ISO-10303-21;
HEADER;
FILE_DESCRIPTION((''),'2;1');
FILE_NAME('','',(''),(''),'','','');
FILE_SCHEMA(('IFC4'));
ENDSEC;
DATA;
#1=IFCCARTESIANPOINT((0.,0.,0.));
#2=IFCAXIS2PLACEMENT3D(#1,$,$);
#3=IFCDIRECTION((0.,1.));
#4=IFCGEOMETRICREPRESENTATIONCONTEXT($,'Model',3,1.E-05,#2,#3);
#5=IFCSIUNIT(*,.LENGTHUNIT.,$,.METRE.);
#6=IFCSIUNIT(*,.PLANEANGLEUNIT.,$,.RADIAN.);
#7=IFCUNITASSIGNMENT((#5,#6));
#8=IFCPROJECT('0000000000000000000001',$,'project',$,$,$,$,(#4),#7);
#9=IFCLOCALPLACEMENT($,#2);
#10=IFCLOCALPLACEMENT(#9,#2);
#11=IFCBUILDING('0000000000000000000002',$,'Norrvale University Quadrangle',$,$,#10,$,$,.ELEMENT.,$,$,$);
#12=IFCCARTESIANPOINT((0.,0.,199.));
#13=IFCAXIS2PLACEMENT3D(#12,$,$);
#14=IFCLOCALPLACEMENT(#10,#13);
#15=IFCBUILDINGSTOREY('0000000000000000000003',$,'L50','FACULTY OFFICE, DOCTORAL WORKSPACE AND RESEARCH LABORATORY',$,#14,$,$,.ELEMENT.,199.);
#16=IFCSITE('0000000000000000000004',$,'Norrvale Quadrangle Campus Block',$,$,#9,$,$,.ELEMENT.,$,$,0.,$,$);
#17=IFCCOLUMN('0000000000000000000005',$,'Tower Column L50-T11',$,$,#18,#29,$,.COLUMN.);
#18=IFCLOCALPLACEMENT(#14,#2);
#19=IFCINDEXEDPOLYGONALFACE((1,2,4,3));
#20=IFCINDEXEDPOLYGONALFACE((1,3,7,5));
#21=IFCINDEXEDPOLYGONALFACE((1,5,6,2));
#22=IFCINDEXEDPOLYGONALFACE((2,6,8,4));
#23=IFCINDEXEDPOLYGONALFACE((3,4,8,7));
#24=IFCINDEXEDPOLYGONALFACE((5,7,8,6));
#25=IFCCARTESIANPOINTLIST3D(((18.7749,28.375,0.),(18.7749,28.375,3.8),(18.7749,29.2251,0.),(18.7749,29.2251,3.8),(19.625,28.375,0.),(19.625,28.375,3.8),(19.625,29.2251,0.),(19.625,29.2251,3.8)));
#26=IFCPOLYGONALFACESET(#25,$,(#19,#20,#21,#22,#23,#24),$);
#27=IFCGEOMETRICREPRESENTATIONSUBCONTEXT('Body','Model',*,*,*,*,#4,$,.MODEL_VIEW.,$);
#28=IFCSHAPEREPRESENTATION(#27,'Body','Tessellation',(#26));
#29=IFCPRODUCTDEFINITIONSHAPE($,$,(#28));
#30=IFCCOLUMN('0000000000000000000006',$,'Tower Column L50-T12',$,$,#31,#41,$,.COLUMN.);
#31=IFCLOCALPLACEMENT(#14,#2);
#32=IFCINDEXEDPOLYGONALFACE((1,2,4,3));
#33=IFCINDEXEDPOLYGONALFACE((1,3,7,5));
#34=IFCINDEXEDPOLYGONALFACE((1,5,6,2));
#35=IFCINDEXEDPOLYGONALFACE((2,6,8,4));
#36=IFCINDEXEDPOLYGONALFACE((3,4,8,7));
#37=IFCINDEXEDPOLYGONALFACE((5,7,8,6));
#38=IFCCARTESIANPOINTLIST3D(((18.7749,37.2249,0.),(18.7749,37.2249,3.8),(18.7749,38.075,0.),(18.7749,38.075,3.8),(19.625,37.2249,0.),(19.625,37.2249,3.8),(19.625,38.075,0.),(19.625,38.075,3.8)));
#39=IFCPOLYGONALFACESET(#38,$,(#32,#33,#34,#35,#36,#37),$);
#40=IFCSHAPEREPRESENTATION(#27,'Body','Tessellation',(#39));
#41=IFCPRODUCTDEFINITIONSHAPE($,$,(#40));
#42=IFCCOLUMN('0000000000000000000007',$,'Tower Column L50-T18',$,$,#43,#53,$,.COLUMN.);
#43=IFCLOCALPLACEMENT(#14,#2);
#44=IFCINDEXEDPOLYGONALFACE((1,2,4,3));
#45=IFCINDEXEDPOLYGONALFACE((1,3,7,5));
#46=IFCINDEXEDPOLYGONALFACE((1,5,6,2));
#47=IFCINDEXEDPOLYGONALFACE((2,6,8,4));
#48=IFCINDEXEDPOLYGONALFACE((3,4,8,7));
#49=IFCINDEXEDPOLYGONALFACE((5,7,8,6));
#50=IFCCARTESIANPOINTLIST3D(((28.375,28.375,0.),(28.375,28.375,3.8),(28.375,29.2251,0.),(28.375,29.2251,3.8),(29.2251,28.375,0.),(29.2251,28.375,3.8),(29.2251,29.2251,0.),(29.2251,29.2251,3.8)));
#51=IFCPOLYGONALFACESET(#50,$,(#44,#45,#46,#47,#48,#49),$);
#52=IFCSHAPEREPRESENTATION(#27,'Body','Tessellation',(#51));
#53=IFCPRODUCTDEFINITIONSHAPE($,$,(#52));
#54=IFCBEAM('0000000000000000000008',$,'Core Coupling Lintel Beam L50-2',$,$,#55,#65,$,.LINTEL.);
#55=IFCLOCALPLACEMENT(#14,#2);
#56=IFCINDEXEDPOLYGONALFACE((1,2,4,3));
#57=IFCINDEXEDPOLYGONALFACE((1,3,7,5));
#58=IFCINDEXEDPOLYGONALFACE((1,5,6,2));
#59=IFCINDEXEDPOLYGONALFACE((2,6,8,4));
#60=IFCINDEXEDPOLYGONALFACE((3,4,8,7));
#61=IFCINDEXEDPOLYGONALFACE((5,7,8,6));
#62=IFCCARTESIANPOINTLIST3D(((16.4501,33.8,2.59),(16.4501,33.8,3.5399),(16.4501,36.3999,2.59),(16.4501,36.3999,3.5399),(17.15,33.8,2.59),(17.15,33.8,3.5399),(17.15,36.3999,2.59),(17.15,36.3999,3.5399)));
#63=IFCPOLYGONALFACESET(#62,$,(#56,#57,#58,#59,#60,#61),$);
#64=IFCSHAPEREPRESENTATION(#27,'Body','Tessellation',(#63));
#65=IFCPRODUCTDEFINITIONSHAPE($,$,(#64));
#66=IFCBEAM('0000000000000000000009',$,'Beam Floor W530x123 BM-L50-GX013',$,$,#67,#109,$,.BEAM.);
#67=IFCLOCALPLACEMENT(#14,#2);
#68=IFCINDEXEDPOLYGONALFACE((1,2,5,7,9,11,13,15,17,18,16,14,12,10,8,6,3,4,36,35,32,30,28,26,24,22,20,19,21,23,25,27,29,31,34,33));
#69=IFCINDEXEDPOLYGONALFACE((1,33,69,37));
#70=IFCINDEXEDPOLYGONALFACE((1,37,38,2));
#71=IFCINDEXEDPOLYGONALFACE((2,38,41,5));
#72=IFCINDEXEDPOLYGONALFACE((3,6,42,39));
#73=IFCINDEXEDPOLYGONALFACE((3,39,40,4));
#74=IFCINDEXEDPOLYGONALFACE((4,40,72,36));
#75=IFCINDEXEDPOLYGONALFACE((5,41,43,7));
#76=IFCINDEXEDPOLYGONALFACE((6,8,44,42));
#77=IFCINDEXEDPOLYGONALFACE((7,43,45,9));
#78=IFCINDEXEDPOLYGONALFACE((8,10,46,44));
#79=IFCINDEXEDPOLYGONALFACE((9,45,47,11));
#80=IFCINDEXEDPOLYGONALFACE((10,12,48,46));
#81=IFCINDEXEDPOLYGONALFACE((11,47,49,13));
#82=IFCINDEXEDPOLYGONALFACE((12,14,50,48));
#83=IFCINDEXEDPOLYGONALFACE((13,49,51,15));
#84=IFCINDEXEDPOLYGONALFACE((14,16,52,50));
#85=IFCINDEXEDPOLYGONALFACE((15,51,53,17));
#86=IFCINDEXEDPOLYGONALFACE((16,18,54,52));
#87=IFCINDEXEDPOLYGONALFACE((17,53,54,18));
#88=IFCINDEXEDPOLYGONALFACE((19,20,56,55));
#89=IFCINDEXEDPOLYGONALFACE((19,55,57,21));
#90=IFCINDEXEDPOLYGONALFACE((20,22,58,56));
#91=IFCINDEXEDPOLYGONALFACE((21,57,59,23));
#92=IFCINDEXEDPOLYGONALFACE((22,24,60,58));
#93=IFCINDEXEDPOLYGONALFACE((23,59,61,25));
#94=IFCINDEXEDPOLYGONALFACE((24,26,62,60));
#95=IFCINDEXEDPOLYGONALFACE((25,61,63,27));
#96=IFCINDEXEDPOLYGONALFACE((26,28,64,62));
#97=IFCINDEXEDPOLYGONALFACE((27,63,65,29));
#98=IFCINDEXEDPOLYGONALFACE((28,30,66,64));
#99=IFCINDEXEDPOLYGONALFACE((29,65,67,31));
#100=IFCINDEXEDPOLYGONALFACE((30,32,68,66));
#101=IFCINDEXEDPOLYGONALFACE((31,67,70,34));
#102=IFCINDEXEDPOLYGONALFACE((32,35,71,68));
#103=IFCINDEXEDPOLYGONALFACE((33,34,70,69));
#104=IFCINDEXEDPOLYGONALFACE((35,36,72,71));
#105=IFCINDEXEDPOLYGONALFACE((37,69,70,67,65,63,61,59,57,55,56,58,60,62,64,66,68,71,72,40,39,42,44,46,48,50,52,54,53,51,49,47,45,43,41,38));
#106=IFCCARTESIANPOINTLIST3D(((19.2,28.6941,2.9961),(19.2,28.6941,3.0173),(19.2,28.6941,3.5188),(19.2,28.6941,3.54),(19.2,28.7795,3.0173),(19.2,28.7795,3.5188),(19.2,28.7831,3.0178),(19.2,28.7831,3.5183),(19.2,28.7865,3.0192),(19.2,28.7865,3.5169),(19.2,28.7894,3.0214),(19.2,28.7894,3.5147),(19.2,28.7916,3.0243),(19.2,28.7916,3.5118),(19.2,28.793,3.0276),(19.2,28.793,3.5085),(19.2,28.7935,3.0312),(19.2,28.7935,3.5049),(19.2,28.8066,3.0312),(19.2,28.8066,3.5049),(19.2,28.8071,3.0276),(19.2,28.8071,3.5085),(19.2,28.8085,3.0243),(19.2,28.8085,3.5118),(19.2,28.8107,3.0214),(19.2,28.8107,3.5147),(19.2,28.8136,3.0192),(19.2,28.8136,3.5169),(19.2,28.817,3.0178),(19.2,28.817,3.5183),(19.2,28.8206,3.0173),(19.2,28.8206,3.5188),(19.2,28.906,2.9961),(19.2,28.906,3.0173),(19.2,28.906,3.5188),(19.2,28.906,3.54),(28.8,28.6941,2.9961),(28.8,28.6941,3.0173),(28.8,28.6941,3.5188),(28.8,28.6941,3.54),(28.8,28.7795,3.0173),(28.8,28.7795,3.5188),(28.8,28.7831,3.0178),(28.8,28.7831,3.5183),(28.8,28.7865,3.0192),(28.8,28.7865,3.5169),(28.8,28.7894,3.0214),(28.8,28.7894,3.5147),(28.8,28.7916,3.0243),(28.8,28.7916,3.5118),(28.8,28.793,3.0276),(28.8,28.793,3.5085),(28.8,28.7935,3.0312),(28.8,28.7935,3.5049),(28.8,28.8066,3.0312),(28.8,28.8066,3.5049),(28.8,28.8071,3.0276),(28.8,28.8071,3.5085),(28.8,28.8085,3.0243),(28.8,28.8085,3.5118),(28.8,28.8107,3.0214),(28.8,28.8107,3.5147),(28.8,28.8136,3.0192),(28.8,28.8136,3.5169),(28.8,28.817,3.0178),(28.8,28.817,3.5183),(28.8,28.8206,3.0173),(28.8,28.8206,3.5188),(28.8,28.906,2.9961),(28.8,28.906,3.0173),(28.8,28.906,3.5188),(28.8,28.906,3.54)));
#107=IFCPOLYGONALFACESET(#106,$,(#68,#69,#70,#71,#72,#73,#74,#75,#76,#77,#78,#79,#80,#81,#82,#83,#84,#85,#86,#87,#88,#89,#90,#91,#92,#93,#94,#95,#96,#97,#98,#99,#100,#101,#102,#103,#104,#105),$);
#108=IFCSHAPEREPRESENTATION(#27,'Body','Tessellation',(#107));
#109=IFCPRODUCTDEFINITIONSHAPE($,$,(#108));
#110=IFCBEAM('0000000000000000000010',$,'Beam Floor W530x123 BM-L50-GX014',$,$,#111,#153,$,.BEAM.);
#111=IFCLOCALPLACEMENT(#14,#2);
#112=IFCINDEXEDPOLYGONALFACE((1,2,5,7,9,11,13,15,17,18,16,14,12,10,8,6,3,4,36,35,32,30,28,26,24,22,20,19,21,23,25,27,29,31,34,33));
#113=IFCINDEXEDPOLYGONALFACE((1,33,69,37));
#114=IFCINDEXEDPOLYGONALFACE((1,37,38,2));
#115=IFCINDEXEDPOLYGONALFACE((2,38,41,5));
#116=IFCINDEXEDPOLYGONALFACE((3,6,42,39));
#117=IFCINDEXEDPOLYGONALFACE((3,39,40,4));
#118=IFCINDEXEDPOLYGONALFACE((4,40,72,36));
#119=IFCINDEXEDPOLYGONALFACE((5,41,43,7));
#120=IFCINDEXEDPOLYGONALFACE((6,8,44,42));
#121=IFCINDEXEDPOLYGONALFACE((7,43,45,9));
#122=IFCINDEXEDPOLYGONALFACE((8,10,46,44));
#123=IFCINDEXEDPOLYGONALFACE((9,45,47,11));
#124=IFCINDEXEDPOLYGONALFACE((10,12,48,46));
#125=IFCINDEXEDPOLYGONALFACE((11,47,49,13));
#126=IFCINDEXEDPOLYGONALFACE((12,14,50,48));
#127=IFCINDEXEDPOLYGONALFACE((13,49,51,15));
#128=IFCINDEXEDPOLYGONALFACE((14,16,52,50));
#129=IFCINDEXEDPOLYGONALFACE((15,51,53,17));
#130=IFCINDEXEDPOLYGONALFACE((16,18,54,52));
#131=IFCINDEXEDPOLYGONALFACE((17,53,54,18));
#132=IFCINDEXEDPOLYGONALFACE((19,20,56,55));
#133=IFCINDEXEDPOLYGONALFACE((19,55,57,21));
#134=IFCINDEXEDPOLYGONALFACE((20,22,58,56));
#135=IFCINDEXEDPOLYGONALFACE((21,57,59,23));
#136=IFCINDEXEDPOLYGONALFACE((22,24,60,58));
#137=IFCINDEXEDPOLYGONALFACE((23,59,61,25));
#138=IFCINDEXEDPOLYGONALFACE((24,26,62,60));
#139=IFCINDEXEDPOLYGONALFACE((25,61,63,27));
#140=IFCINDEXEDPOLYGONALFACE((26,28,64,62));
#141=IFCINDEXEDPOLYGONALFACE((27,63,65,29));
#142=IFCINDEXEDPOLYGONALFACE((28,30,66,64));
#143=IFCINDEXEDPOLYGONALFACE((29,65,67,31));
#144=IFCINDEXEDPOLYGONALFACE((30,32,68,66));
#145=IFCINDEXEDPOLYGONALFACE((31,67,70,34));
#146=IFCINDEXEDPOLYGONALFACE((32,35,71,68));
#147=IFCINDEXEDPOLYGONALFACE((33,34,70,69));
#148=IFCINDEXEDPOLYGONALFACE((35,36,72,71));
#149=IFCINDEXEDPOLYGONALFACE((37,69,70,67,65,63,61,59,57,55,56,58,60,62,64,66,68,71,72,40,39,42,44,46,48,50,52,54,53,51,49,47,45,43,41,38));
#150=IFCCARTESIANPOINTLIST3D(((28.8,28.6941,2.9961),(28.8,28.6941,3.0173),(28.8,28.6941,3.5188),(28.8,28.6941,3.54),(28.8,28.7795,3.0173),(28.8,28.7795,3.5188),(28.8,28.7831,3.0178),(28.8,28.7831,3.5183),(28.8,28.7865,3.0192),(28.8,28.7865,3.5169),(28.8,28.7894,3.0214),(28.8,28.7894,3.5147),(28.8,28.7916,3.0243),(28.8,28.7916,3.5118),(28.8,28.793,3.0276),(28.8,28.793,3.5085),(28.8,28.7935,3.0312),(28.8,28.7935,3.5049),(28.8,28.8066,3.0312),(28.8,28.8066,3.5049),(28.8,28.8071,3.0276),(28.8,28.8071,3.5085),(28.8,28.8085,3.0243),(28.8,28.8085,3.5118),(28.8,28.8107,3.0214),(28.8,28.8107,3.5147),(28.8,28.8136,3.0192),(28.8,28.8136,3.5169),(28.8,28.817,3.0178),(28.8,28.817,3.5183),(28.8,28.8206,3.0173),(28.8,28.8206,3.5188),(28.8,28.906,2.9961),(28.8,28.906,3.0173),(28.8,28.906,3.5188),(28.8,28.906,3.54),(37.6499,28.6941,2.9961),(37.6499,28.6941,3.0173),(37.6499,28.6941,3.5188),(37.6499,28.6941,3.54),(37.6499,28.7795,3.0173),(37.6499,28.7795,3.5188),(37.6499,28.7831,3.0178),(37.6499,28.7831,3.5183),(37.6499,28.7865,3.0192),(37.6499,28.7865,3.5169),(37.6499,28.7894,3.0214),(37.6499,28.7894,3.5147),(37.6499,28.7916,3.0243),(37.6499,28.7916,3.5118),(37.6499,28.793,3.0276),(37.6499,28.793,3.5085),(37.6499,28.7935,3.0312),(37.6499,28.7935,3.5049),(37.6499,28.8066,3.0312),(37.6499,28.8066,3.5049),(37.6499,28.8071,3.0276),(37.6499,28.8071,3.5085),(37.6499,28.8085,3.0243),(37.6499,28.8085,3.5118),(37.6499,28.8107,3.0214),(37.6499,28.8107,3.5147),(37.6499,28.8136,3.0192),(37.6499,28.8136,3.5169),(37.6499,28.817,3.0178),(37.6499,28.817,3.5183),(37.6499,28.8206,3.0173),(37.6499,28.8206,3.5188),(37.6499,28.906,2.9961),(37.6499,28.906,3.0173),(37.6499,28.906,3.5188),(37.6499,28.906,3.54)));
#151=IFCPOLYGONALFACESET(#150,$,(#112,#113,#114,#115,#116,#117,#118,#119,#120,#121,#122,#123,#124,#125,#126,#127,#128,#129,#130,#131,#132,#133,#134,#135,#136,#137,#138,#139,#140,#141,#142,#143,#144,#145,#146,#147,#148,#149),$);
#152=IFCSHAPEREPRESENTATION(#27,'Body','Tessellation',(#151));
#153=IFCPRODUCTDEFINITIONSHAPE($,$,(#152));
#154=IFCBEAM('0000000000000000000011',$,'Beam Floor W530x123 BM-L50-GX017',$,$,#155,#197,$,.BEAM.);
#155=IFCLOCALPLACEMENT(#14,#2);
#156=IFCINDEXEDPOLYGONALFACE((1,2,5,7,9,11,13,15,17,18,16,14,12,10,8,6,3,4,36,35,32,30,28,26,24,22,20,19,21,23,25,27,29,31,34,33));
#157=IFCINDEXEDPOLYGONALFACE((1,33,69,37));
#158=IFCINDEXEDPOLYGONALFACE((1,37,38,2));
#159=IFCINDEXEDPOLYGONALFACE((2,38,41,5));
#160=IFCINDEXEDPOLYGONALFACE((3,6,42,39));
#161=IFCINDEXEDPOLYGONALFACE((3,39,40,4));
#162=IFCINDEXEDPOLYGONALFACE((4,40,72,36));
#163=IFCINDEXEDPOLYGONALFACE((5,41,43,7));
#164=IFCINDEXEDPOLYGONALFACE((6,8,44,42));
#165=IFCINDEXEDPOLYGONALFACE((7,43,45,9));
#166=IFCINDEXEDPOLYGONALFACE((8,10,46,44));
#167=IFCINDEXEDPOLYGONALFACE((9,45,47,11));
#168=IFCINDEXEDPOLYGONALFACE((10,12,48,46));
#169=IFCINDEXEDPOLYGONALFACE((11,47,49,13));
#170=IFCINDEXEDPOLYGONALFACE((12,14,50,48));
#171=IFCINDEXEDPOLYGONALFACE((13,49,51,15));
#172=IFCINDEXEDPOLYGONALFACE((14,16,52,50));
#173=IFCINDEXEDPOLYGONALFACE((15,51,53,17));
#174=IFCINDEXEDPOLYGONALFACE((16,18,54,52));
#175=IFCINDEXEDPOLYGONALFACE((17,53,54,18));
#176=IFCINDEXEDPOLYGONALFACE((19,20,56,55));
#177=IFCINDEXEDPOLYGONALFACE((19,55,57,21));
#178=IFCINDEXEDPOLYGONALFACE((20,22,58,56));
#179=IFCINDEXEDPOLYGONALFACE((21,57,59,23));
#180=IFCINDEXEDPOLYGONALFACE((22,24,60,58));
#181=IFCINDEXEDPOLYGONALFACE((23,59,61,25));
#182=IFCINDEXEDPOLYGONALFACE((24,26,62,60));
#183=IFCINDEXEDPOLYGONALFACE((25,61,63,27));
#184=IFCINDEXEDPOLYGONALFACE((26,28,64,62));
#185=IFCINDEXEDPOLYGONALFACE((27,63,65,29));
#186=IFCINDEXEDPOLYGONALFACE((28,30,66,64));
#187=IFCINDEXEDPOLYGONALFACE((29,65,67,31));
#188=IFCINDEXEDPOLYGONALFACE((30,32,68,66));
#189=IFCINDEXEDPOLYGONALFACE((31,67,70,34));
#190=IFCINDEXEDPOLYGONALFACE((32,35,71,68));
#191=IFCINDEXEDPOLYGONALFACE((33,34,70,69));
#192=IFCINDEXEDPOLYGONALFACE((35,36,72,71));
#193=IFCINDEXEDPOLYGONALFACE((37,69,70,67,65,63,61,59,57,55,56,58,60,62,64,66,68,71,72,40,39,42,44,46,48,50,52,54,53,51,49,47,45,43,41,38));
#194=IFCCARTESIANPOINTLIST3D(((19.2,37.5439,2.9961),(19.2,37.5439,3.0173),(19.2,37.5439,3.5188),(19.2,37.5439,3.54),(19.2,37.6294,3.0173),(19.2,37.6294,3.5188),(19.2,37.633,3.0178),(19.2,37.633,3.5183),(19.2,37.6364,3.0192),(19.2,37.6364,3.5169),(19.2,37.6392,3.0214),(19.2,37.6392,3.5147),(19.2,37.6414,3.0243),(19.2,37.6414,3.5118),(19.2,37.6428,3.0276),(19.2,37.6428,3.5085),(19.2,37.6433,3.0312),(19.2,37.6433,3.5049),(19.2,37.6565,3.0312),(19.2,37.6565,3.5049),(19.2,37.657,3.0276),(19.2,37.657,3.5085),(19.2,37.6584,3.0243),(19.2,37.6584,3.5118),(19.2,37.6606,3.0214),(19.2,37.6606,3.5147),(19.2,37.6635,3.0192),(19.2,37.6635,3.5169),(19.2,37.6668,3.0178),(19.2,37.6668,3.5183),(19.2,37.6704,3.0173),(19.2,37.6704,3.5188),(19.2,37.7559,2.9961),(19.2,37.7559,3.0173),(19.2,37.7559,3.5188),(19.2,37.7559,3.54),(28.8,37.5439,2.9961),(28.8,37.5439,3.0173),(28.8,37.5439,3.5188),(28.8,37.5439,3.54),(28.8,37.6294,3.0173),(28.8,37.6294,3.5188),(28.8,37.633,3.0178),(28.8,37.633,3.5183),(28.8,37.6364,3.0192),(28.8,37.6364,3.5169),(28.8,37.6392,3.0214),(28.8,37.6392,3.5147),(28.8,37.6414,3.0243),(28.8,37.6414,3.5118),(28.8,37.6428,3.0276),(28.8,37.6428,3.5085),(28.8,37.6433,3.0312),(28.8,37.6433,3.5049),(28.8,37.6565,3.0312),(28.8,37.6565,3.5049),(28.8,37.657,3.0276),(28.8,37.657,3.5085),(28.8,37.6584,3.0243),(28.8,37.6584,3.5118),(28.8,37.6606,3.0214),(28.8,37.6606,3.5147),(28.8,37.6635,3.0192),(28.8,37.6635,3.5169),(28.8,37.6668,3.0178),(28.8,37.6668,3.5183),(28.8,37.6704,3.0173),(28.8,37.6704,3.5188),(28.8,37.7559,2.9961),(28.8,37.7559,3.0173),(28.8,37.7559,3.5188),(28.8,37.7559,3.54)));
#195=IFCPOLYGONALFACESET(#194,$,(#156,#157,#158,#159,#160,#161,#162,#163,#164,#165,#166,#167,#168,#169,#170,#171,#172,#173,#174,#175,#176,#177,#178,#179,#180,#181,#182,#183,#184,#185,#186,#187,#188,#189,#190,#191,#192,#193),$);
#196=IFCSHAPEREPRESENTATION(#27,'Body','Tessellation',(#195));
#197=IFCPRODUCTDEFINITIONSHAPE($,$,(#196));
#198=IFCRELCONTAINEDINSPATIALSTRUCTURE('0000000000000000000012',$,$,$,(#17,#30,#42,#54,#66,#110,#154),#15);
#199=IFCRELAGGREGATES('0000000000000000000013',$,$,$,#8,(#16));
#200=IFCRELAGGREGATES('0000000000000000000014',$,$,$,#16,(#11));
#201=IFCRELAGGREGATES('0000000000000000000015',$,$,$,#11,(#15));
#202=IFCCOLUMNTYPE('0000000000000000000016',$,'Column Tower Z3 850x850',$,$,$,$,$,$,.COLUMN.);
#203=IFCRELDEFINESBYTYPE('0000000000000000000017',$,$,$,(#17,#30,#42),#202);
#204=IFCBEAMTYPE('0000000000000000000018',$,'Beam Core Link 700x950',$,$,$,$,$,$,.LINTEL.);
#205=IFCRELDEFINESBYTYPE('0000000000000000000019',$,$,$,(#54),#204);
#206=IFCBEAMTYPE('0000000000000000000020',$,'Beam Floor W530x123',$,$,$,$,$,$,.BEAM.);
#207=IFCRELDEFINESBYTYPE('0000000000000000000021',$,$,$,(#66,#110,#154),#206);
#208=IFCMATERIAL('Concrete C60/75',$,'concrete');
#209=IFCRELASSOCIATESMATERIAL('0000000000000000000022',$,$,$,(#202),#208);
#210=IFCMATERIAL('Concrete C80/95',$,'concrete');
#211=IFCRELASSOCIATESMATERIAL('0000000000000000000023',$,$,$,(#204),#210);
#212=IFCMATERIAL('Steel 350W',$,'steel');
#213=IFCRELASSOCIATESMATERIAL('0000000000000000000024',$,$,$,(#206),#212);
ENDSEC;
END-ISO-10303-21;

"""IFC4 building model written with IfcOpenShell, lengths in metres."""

from ifc_helpers import new_model, si_unit, direction, frame, origin, origin_2d, place, context, subcontext, project, spatial, rectangle, i_section, extrude, material, material_profile, profile_set, type_object, element, save


model = new_model("IFC4")

# Units and contexts
model_context = context("Model", 3, precision=1e-05, world=origin(), true_north=direction((0.0, 1.0)))
body_context = subcontext(model_context, "Body", "Model", "MODEL_VIEW")
ifc_project = project(units=[si_unit("LENGTHUNIT", "METRE"), si_unit("PLANEANGLEUNIT", "RADIAN")], contexts=[model_context])

# Site, building, storey
site_placement = place(None, origin())
site = spatial("IfcSite", under=ifc_project, at=site_placement, Name="Norrvale Quadrangle Campus Block", CompositionType="ELEMENT", RefElevation=0.0)
building_placement = place(site_placement, origin())
building = spatial("IfcBuilding", under=site, at=building_placement, Name="Norrvale University Quadrangle", CompositionType="ELEMENT")
storey_placement = place(building_placement, frame((0.0, 0.0, 199.0)))
storey = spatial("IfcBuildingStorey", under=building, at=storey_placement, Name="L50", Description="FACULTY OFFICE, DOCTORAL WORKSPACE AND RESEARCH LABORATORY", CompositionType="ELEMENT", Elevation=199.0)

# Columns
ifc_material_1 = material(Name="Concrete C60/75", Category="concrete")
ifc_material_profile_1 = material_profile(ifc_material_1, rectangle(XDim=0.8501, YDim=0.8501, at=origin_2d()), Name="Concrete C60/75")
ifc_profile_set_1 = profile_set([ifc_material_profile_1], Name="Concrete C60/75")
column_type = type_object("IfcColumnType", Name="Column Tower Z3 850x850", PredefinedType="COLUMN", material=ifc_profile_set_1)
for number, where, z_axis, x_axis, name in (
    (1, (19.2, 28.8, 0.0), (0.0, 0.0, 1.0), (1.0, 0.0, 0.0), "Tower Column L50-T11"),
    (2, (19.2, 37.6499, 0.0), (0.0, 0.0, 1.0), (1.0, 0.0, 0.0), "Tower Column L50-T12"),
    (3, (28.8, 28.8, 0.0), (0.0, 0.0, 1.0), (1.0, 0.0, 0.0), "Tower Column L50-T18"),
):
    element("IfcColumn", number, at=place(storey_placement, frame(where, z_axis=z_axis, x_axis=x_axis)), inside=storey, type_object=column_type, Name=name, PredefinedType="COLUMN", context=body_context, shape_type="SweptSolid", body=[
        extrude(rectangle(XDim=0.8501, YDim=0.8501, at=origin_2d()), origin(), (0.0, 0.0, 1.0), 3.8),
    ])

# Beams
ifc_material_2 = material(Name="Concrete C80/95", Category="concrete")
ifc_material_profile_2 = material_profile(ifc_material_2, rectangle(XDim=0.7, YDim=0.95, at=origin_2d()), Name="Concrete C80/95")
ifc_profile_set_2 = profile_set([ifc_material_profile_2], Name="Concrete C80/95")
beam_type_1 = type_object("IfcBeamType", Name="Beam Core Link 700x950", PredefinedType="LINTEL", material=ifc_profile_set_2)
beam_1_placement = place(storey_placement, frame((16.8, 33.8, 3.0649), z_axis=(0.0, 1.0, 0.0), x_axis=(-1.0, 0.0, 0.0)))
element("IfcBeam", 4, at=beam_1_placement, inside=storey, type_object=beam_type_1, Name="Core Coupling Lintel Beam L50-2", PredefinedType="LINTEL", context=body_context, shape_type="SweptSolid", body=[
    extrude(rectangle(XDim=0.7, YDim=0.95, at=origin_2d()), origin(), (0.0, 0.0, 1.0), 2.5999),
])
ifc_material_3 = material(Name="Steel 350W", Category="steel")
ifc_material_profile_3 = material_profile(ifc_material_3, i_section(OverallWidth=0.2119, OverallDepth=0.5439, WebThickness=0.0132, FlangeThickness=0.0212, FilletRadius=0.0139, at=origin_2d()), Name="Steel 350W")
ifc_profile_set_3 = profile_set([ifc_material_profile_3], Name="Steel 350W")
beam_type_2 = type_object("IfcBeamType", Name="Beam Floor W530x123", PredefinedType="BEAM", material=ifc_profile_set_3)
beam_2_placement = place(storey_placement, frame((19.2, 28.8, 3.2681), z_axis=(1.0, 0.0, 0.0), x_axis=(0.0, 1.0, 0.0)))
element("IfcBeam", 5, at=beam_2_placement, inside=storey, type_object=beam_type_2, Name="Beam Floor W530x123 BM-L50-GX013", PredefinedType="BEAM", context=body_context, shape_type="SweptSolid", body=[
    extrude(i_section(OverallWidth=0.2119, OverallDepth=0.5439, WebThickness=0.0132, FlangeThickness=0.0212, FilletRadius=0.0139, at=origin_2d()), origin(), (0.0, 0.0, 1.0), 9.6001),
])
beam_3_placement = place(storey_placement, frame((28.8, 28.8, 3.2681), z_axis=(1.0, 0.0, 0.0), x_axis=(0.0, 1.0, 0.0)))
element("IfcBeam", 6, at=beam_3_placement, inside=storey, type_object=beam_type_2, Name="Beam Floor W530x123 BM-L50-GX014", PredefinedType="BEAM", context=body_context, shape_type="SweptSolid", body=[
    extrude(i_section(OverallWidth=0.2119, OverallDepth=0.5439, WebThickness=0.0132, FlangeThickness=0.0212, FilletRadius=0.0139, at=origin_2d()), origin(), (0.0, 0.0, 1.0), 8.8499),
])
beam_4_placement = place(storey_placement, frame((19.2, 37.6499, 3.2681), z_axis=(1.0, 0.0, 0.0), x_axis=(0.0, 1.0, 0.0)))
element("IfcBeam", 7, at=beam_4_placement, inside=storey, type_object=beam_type_2, Name="Beam Floor W530x123 BM-L50-GX017", PredefinedType="BEAM", context=body_context, shape_type="SweptSolid", body=[
    extrude(i_section(OverallWidth=0.2119, OverallDepth=0.5439, WebThickness=0.0132, FlangeThickness=0.0212, FilletRadius=0.0139, at=origin_2d()), origin(), (0.0, 0.0, 1.0), 9.6001),
])

save(model, "model.ifc")
